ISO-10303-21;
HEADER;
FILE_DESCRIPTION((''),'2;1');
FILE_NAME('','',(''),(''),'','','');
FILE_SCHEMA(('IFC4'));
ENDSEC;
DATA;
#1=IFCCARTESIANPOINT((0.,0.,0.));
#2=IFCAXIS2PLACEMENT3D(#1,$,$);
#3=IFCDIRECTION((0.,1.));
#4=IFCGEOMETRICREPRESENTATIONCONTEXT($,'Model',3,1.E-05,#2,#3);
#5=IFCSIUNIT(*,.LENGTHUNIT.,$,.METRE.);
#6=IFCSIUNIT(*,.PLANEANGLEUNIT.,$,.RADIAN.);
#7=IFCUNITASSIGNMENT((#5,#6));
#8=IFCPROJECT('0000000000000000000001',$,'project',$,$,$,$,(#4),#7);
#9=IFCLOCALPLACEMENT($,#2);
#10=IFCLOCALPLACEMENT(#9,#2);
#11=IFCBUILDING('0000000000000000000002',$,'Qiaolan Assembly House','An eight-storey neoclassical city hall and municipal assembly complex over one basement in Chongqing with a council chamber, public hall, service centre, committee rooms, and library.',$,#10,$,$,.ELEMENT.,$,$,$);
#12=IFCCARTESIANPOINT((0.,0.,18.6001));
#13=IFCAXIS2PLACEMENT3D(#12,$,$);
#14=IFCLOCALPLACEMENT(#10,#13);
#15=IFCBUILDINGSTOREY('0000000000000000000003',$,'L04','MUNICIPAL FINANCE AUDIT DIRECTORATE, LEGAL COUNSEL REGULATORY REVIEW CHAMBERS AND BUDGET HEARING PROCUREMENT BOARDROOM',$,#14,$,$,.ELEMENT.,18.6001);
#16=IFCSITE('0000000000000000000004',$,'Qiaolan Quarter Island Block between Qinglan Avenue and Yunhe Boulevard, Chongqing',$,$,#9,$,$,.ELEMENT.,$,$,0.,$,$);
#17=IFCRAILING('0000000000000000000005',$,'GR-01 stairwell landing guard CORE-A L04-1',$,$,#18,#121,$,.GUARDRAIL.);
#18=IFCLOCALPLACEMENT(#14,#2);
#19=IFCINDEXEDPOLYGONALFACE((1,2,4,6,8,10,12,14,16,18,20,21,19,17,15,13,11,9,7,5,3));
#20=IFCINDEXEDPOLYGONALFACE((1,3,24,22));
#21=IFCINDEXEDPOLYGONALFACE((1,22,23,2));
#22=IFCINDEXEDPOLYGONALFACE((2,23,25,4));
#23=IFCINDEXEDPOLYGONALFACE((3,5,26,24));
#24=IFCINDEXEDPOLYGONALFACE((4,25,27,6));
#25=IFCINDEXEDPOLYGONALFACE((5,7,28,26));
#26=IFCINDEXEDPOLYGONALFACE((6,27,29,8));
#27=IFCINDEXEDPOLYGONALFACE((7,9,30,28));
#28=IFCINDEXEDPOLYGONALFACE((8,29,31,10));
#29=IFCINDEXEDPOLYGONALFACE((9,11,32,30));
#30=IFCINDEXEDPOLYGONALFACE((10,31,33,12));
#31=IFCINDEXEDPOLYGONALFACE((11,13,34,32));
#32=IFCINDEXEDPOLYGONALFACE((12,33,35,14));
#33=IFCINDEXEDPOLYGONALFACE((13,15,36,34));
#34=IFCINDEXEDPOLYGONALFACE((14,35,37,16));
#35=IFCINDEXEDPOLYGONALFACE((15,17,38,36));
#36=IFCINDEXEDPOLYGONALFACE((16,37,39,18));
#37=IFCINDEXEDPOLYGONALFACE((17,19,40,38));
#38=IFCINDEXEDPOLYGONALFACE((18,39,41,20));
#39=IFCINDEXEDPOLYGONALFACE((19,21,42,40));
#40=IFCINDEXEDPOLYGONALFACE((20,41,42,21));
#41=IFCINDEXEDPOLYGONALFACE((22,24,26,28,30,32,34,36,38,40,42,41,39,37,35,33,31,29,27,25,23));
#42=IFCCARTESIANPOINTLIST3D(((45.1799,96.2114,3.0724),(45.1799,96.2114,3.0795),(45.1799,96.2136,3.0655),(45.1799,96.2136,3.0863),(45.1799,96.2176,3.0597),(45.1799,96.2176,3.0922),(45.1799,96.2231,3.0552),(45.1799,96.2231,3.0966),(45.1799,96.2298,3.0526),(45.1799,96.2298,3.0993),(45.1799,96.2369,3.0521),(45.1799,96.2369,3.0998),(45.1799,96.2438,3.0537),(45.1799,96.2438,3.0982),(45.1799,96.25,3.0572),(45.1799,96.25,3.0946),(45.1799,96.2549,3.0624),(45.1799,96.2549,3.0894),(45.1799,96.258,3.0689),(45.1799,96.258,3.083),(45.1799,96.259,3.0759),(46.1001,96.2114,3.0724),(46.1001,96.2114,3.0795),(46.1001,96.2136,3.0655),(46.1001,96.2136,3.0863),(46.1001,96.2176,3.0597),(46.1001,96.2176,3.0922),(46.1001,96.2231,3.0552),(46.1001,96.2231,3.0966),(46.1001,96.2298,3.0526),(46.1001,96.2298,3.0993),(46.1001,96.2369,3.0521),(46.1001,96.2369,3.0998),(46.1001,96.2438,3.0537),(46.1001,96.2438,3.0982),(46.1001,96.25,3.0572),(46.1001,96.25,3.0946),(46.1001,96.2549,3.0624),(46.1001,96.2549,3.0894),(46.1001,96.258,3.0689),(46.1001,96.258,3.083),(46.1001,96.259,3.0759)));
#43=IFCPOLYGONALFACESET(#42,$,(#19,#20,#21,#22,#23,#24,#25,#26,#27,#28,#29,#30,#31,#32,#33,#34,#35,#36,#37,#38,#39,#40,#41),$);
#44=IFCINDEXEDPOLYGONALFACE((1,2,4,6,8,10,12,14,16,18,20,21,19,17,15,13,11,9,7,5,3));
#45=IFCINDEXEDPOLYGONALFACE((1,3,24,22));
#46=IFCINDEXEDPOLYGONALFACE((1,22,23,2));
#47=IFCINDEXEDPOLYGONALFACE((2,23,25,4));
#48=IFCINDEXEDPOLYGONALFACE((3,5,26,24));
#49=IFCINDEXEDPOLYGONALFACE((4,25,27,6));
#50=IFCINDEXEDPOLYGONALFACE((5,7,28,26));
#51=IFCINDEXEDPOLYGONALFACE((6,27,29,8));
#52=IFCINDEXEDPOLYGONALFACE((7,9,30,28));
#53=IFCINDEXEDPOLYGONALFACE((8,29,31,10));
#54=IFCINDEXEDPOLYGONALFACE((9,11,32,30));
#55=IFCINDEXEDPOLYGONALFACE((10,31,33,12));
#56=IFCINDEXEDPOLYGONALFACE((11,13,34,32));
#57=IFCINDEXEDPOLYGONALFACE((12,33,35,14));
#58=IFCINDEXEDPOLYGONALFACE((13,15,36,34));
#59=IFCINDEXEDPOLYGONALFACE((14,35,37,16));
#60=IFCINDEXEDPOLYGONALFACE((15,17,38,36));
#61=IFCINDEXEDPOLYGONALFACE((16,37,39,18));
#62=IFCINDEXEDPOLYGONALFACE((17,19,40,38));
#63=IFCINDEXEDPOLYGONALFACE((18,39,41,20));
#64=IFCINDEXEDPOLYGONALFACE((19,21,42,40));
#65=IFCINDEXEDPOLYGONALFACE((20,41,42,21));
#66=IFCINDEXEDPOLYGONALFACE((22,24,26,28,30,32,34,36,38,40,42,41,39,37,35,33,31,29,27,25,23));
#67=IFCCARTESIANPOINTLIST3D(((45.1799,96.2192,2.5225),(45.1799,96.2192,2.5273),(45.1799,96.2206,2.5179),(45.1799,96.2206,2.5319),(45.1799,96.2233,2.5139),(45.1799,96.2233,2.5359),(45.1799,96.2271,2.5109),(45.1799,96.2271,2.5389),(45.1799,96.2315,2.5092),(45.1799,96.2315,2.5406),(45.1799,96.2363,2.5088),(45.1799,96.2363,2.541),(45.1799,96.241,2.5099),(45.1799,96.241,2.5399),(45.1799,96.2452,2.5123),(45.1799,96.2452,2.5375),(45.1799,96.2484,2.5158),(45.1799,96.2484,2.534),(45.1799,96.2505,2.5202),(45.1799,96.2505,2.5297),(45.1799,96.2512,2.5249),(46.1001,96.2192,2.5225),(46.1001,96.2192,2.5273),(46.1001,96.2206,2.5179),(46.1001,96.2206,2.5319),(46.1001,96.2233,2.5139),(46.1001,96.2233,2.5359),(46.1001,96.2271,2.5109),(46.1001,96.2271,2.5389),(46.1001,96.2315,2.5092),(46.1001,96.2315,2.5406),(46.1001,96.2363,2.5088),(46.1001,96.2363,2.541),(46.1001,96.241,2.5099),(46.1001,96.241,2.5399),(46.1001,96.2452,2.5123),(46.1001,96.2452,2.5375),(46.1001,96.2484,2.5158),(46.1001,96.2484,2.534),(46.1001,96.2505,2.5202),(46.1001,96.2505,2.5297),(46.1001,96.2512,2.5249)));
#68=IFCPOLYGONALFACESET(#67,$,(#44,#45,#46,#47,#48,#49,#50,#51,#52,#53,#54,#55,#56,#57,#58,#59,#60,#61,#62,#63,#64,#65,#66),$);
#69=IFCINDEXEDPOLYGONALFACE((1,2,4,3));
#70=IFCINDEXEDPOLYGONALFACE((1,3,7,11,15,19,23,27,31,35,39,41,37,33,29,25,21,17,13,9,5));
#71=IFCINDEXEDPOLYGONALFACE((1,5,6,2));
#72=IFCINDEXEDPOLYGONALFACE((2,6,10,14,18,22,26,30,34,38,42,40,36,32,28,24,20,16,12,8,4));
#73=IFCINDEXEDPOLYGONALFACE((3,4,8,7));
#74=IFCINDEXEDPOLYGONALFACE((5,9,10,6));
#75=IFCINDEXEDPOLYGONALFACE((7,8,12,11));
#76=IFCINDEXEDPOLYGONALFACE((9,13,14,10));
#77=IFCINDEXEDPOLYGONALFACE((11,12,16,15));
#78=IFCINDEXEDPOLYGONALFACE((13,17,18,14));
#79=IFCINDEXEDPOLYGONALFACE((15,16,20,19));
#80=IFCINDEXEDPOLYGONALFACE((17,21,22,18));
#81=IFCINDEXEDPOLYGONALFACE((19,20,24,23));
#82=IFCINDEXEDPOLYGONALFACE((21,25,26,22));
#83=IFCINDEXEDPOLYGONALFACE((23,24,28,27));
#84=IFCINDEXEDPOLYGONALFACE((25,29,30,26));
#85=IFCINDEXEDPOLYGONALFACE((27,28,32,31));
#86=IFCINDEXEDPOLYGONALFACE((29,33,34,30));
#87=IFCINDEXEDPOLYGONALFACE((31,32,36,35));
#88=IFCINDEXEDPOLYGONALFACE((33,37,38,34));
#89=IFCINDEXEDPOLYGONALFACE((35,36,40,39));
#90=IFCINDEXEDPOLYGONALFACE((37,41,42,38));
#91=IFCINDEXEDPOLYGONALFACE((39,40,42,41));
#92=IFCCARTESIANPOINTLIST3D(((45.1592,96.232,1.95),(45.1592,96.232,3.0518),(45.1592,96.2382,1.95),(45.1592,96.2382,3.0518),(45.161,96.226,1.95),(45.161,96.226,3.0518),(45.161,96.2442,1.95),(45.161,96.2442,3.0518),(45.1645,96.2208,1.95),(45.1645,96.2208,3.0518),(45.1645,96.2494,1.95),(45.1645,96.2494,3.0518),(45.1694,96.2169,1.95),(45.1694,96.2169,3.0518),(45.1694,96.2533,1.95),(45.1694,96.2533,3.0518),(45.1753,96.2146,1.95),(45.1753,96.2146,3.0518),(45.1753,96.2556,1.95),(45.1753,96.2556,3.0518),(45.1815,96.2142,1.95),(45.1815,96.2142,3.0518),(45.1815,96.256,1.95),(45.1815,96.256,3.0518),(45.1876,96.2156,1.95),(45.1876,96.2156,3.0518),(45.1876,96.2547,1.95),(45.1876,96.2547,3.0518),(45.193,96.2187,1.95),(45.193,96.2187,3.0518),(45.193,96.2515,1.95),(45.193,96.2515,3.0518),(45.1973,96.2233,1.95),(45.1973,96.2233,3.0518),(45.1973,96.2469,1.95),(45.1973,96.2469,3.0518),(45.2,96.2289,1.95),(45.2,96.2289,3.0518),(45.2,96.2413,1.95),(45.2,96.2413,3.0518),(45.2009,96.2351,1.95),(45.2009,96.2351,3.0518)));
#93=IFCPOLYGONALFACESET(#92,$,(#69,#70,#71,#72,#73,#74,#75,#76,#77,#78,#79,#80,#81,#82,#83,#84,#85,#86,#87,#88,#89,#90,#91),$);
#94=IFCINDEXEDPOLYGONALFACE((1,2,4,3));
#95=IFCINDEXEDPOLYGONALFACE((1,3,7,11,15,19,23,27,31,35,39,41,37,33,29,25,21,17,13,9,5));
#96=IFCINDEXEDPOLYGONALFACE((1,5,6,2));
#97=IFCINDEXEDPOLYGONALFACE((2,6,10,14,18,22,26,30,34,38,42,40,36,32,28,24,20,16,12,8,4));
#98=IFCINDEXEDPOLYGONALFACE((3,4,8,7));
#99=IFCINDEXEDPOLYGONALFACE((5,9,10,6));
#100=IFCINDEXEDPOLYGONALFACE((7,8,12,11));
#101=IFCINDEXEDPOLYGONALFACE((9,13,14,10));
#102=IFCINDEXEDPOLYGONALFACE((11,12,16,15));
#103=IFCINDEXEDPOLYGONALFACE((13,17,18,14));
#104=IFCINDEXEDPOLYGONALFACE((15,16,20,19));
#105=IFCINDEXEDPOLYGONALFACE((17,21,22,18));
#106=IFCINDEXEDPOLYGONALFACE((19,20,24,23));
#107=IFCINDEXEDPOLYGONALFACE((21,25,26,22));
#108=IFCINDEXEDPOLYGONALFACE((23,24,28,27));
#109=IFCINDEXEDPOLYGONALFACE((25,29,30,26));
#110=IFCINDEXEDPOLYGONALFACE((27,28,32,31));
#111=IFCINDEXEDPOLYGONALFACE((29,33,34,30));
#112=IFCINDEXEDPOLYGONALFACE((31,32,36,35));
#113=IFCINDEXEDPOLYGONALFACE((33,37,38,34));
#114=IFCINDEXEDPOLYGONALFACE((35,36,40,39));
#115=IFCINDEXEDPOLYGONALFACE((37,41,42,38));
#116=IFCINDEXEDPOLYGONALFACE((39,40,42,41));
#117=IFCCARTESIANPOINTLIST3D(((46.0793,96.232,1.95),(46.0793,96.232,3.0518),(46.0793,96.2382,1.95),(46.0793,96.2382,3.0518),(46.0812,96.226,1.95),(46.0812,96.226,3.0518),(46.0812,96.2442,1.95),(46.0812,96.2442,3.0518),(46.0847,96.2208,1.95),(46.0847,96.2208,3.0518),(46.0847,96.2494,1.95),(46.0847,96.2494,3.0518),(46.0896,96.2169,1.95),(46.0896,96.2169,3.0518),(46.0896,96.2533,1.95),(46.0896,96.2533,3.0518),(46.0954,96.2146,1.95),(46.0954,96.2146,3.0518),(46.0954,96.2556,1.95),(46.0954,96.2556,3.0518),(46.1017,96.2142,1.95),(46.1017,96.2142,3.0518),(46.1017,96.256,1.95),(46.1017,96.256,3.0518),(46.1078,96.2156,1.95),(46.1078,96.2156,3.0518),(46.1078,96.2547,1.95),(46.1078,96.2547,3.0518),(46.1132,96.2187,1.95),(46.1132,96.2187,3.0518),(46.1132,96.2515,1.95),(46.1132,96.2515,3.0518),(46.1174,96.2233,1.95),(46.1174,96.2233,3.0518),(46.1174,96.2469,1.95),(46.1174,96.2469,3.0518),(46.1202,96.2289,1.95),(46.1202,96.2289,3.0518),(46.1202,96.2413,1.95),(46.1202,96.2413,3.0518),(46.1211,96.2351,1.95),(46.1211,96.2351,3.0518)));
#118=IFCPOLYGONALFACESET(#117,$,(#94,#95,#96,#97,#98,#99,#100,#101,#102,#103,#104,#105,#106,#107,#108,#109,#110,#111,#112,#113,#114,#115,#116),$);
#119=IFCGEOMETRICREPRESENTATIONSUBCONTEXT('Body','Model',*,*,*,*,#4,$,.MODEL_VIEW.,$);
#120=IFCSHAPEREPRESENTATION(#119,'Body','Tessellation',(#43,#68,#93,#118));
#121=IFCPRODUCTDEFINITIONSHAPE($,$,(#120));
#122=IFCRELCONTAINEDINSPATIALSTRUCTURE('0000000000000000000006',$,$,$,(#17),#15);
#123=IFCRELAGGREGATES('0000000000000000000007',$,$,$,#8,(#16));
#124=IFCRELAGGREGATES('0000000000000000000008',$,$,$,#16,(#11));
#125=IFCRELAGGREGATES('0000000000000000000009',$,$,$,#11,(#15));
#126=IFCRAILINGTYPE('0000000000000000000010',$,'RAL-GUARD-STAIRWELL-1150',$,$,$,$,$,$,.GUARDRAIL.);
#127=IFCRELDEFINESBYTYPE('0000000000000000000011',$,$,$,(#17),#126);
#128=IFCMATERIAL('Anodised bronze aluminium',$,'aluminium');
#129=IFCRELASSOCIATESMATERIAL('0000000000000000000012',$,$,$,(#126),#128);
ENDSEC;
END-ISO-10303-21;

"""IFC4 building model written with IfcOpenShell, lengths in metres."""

from ifc_helpers import new_model, si_unit, direction, frame, origin, origin_2d, place, context, subcontext, project, spatial, circle, extrude, material, type_object, element, save


model = new_model("IFC4")

# Units and contexts
model_context = context("Model", 3, precision=1e-05, world=origin(), true_north=direction((0.0, 1.0)))
body_context = subcontext(model_context, "Body", "Model", "MODEL_VIEW")
ifc_project = project(units=[si_unit("LENGTHUNIT", "METRE"), si_unit("PLANEANGLEUNIT", "RADIAN")], contexts=[model_context])

# Site, building, storey
site_placement = place(None, origin())
site = spatial("IfcSite", under=ifc_project, at=site_placement, Name="Qiaolan Quarter Island Block between Qinglan Avenue and Yunhe Boulevard, Chongqing", CompositionType="ELEMENT", RefElevation=0.0)
building_placement = place(site_placement, origin())
building = spatial("IfcBuilding", under=site, at=building_placement, Name="Qiaolan Assembly House", Description="An eight-storey neoclassical city hall and municipal assembly complex over one basement in Chongqing with a council chamber, public hall, service centre, committee rooms, and library.", CompositionType="ELEMENT")
storey_placement = place(building_placement, frame((0.0, 0.0, 18.6001)))
storey = spatial("IfcBuildingStorey", under=building, at=storey_placement, Name="L04", Description="MUNICIPAL FINANCE AUDIT DIRECTORATE, LEGAL COUNSEL REGULATORY REVIEW CHAMBERS AND BUDGET HEARING PROCUREMENT BOARDROOM", CompositionType="ELEMENT", Elevation=18.6001)

# Shared definitions
ifc_material_1 = material(Name="Anodised bronze aluminium", Category="aluminium")

# Railing
railing_type_1 = type_object("IfcRailingType", Name="RAL-GUARD-STAIRWELL-1150", PredefinedType="GUARDRAIL", material=ifc_material_1)
for number, where, name in (
    (1, (45.1799, 96.2351, 1.95), "GR-01 stairwell landing guard CORE-A L04-1"),
):
    element("IfcRailing", number, at=place(storey_placement, frame(where)), inside=storey, type_object=railing_type_1, Name=name, PredefinedType="GUARDRAIL", context=body_context, shape_type="SweptSolid", body=[
        extrude(circle(Radius=0.0239, at=origin_2d()), frame((0.0, 0.0, 1.126), z_axis=(1.0, 0.0, 0.0), x_axis=(0.0, 1.0, 0.0)), (0.0, 0.0, 1.0), 0.9202),
        extrude(circle(Radius=0.0161, at=origin_2d()), frame((0.0, 0.0, 0.575), z_axis=(1.0, 0.0, 0.0), x_axis=(0.0, 1.0, 0.0)), (0.0, 0.0, 1.0), 0.9202),
        extrude(circle(Radius=0.021, at=origin_2d()), origin(), (0.0, 0.0, 1.0), 1.1018),
        extrude(circle(Radius=0.021, at=origin_2d()), frame((0.9202, 0.0, 0.0)), (0.0, 0.0, 1.0), 1.1018),
    ])

save(model, "model.ifc")
